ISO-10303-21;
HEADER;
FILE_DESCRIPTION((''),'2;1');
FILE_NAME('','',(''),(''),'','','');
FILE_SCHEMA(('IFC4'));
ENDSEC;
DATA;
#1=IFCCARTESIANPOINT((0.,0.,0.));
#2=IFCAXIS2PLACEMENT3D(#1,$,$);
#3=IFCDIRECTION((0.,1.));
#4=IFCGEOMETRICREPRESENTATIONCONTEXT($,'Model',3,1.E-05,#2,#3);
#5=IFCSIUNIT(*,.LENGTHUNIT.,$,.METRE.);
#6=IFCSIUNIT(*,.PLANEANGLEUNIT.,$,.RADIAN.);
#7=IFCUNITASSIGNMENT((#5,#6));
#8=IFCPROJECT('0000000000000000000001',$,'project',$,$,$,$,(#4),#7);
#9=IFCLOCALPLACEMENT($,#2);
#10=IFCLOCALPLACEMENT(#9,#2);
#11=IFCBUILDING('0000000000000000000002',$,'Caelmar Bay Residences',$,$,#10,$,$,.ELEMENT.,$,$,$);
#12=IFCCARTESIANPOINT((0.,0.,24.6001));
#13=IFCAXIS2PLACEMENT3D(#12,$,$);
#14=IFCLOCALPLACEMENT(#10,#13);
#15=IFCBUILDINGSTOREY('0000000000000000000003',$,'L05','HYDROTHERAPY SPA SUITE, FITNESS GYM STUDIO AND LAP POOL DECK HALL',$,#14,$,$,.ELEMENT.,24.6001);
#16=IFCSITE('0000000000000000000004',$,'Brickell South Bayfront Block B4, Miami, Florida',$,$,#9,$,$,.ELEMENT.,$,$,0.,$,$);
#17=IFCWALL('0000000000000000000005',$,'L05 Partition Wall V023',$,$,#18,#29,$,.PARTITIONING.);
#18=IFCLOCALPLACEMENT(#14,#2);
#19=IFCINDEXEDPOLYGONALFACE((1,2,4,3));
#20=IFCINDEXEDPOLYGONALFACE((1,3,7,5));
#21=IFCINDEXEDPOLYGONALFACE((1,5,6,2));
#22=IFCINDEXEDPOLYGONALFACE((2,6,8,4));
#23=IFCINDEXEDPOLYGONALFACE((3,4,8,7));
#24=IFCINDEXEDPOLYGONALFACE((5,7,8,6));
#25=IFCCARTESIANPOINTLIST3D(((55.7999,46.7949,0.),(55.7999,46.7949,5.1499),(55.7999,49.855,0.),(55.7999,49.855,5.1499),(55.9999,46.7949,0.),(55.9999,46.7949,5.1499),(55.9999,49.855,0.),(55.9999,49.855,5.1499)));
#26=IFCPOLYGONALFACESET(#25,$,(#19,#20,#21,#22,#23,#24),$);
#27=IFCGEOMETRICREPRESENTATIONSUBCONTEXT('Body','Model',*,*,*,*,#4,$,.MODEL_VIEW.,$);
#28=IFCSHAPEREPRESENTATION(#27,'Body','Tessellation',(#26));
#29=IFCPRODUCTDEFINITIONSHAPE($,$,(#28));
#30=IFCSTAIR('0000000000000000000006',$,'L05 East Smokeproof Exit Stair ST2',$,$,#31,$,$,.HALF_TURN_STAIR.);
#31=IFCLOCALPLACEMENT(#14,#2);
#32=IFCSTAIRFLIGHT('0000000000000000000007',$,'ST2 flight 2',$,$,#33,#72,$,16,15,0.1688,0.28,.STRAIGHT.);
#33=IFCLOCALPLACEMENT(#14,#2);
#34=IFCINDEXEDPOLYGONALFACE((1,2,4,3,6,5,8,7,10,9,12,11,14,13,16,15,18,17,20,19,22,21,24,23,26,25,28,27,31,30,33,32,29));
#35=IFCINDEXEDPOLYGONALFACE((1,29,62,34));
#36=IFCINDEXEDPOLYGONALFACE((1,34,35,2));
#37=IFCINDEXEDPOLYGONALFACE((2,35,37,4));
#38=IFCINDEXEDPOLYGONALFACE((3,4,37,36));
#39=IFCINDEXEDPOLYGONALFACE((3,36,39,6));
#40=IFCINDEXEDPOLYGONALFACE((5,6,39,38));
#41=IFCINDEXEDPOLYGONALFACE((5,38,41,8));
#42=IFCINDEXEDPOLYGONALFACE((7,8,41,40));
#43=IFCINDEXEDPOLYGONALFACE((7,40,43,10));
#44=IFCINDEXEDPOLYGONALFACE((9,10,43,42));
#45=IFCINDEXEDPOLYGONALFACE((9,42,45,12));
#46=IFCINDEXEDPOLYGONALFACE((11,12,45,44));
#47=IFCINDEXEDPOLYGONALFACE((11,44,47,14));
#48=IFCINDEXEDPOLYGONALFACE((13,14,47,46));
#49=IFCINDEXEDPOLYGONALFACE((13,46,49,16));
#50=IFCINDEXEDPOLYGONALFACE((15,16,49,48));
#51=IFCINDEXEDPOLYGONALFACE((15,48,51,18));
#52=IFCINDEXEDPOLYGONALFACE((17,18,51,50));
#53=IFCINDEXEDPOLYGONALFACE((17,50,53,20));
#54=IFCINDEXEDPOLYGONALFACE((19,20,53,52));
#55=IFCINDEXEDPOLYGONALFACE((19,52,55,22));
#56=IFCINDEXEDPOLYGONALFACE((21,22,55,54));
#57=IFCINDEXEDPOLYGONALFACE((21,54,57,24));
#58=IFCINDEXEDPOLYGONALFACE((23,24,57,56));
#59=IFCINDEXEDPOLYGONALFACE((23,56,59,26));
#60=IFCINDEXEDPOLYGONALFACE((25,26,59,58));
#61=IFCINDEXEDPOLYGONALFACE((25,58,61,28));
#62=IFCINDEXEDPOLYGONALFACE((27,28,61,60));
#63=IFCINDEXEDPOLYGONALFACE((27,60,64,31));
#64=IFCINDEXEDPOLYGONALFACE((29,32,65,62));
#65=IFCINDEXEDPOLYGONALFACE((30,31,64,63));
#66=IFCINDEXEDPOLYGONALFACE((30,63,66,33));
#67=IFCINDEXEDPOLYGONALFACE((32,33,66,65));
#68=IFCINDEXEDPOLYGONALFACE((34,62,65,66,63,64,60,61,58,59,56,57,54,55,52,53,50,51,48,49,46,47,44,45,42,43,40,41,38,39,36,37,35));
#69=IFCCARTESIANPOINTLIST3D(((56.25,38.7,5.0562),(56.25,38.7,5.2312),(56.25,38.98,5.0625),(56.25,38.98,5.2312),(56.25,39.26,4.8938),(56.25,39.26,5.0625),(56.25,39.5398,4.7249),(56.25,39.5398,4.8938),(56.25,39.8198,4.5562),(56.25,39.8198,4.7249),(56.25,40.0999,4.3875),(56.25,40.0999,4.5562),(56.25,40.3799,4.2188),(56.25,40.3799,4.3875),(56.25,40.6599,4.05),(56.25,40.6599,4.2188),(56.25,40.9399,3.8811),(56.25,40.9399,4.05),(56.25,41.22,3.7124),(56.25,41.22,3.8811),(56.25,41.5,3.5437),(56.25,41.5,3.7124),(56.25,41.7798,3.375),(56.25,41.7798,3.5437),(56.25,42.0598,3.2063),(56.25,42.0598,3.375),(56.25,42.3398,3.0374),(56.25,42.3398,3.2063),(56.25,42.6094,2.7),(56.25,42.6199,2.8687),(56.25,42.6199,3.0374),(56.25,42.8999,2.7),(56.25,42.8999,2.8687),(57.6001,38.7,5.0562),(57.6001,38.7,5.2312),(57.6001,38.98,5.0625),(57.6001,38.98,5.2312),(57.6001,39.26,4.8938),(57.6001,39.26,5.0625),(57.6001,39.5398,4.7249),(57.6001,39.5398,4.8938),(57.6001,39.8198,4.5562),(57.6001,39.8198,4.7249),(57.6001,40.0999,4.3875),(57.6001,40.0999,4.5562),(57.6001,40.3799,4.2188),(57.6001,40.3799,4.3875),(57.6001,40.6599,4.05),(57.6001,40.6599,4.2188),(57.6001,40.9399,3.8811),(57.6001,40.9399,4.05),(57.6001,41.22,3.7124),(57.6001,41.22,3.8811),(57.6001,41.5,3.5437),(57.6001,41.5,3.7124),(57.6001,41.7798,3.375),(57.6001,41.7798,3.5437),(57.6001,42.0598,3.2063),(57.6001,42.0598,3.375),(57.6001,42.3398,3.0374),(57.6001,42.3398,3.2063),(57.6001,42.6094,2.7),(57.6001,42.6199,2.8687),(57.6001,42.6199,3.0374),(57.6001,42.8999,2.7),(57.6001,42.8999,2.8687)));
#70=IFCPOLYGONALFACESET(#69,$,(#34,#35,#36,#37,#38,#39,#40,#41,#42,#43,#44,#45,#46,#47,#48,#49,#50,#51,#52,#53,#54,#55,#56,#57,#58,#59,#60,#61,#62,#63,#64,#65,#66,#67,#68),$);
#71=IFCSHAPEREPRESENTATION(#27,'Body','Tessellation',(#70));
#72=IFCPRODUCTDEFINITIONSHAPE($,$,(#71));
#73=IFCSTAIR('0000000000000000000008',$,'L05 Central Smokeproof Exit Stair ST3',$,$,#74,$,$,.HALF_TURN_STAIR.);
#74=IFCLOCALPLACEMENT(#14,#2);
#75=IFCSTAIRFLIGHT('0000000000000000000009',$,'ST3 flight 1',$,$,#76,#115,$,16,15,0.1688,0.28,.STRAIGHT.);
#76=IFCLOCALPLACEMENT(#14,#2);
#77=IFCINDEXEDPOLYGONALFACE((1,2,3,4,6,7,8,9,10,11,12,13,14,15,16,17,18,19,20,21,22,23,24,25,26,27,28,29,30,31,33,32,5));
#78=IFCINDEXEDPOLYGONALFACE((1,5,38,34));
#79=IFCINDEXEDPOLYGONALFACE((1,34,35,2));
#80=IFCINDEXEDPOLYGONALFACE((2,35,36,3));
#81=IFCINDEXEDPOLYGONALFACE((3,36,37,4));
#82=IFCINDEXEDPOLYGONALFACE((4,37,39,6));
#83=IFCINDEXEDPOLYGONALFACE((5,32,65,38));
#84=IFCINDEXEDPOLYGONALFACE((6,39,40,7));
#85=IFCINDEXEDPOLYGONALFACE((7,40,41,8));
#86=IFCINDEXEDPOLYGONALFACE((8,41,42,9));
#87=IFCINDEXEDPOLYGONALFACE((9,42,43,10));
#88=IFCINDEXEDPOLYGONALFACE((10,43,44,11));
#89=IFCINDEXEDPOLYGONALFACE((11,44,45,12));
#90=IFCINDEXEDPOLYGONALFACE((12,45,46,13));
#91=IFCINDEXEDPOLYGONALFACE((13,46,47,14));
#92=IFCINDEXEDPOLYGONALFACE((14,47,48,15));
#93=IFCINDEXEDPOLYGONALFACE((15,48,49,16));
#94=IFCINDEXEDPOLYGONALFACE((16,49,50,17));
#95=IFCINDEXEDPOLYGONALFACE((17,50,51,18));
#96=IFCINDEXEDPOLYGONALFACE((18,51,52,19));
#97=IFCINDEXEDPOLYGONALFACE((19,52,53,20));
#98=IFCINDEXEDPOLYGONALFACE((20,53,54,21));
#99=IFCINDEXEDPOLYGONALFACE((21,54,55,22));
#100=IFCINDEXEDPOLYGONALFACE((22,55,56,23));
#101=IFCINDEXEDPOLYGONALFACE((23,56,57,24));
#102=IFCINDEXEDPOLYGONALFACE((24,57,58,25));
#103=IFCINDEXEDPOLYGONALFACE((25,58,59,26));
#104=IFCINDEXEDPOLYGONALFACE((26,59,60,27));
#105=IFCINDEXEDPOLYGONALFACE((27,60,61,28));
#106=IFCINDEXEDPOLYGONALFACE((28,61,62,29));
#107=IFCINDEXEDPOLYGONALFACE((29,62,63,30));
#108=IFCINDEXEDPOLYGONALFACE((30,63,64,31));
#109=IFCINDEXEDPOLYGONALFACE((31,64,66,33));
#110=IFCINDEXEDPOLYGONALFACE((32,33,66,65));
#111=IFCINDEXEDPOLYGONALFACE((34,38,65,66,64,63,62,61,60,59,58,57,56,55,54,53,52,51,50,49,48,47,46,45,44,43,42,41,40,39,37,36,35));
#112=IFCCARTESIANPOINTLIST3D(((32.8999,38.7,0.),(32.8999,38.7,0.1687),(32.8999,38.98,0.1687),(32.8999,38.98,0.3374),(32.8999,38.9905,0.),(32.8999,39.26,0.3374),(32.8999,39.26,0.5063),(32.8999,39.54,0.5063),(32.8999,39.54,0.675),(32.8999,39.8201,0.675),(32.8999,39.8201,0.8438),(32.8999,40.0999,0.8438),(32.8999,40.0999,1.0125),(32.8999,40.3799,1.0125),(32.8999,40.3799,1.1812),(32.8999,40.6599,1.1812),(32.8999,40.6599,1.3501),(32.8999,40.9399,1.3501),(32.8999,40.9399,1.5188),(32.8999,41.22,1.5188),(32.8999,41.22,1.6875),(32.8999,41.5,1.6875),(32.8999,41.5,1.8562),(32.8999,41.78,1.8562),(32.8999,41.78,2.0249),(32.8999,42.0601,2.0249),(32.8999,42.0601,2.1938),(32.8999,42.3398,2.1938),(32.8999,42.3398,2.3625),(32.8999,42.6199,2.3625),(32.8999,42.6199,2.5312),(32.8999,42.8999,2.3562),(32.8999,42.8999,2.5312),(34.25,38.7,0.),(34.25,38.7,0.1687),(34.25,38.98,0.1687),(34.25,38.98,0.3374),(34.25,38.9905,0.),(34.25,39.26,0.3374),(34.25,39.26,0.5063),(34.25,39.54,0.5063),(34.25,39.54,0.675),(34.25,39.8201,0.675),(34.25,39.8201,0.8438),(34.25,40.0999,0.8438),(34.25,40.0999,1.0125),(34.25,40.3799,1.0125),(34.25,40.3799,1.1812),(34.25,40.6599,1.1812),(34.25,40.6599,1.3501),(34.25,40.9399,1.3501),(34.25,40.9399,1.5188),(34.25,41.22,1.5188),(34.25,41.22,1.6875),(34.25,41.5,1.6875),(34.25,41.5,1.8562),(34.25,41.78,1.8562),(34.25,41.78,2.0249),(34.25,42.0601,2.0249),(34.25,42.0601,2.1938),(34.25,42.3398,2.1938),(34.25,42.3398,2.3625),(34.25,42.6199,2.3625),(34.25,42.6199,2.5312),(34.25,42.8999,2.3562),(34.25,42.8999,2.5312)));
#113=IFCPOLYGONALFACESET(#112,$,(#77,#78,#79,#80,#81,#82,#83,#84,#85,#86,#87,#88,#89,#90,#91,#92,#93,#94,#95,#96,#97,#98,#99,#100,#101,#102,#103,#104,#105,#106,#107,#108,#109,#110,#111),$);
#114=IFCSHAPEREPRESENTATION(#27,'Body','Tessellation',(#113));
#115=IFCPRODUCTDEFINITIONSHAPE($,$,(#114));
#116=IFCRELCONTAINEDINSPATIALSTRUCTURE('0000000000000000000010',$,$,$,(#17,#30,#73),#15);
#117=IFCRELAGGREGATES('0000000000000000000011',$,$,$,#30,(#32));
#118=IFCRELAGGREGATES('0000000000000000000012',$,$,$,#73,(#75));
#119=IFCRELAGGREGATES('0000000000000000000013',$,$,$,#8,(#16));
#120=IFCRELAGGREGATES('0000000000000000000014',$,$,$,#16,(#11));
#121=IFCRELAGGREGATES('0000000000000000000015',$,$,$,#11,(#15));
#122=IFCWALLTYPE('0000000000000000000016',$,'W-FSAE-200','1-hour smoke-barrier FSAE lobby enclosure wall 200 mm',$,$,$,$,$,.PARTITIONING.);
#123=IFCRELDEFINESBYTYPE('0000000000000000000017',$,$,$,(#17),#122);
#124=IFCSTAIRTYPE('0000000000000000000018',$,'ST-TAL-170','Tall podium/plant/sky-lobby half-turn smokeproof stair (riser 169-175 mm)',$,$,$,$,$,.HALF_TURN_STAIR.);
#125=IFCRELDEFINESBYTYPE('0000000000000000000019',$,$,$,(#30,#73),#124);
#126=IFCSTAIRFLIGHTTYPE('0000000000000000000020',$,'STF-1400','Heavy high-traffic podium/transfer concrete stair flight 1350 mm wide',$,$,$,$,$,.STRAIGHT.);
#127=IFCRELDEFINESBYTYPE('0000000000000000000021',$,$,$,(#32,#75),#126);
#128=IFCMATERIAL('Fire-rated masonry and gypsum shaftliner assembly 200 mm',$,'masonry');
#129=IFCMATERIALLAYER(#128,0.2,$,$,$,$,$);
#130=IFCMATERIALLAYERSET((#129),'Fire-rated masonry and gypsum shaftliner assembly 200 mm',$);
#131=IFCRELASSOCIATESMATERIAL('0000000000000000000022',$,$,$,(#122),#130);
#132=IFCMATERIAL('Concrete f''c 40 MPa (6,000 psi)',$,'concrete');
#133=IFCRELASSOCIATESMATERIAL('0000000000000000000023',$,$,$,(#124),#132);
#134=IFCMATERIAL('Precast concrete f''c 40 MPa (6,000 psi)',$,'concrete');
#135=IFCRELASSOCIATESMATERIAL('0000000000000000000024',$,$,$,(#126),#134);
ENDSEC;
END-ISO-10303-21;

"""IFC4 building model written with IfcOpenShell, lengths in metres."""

from ifc_helpers import new_model, si_unit, direction, frame, frame_2d, origin, place, context, subcontext, project, spatial, polyline, rectangle, outline, extrude, material, layer, layer_set, type_object, element, aggregate, save


model = new_model("IFC4")

# Units and contexts
model_context = context("Model", 3, precision=1e-05, world=origin(), true_north=direction((0.0, 1.0)))
body_context = subcontext(model_context, "Body", "Model", "MODEL_VIEW")
ifc_project = project(units=[si_unit("LENGTHUNIT", "METRE"), si_unit("PLANEANGLEUNIT", "RADIAN")], contexts=[model_context])

# Site, building, storey
site_placement = place(None, origin())
site = spatial("IfcSite", under=ifc_project, at=site_placement, Name="Brickell South Bayfront Block B4, Miami, Florida", CompositionType="ELEMENT", RefElevation=0.0)
building_placement = place(site_placement, origin())
building = spatial("IfcBuilding", under=site, at=building_placement, Name="Caelmar Bay Residences", CompositionType="ELEMENT")
storey_placement = place(building_placement, frame((0.0, 0.0, 24.6001)))
storey = spatial("IfcBuildingStorey", under=building, at=storey_placement, Name="L05", Description="HYDROTHERAPY SPA SUITE, FITNESS GYM STUDIO AND LAP POOL DECK HALL", CompositionType="ELEMENT", Elevation=24.6001)

# Wall
ifc_material_1 = material(Name="Fire-rated masonry and gypsum shaftliner assembly 200 mm", Category="masonry")
ifc_layer_1 = layer(ifc_material_1, 0.2)
ifc_layer_set_1 = layer_set([ifc_layer_1], Name="Fire-rated masonry and gypsum shaftliner assembly 200 mm")
wall_type_1 = type_object("IfcWallType", Name="W-FSAE-200", Description="1-hour smoke-barrier FSAE lobby enclosure wall 200 mm", PredefinedType="PARTITIONING", material=ifc_layer_set_1)
wall_1_placement = place(storey_placement, frame((55.8999, 46.7949, 0.0), z_axis=(0.0, 0.0, 1.0), x_axis=(0.0, 1.0, 0.0)))
element("IfcWall", 1, at=wall_1_placement, inside=storey, type_object=wall_type_1, Name="L05 Partition Wall V023", PredefinedType="PARTITIONING", context=body_context, shape_type="SweptSolid", body=[
    extrude(rectangle(XDim=3.0601, YDim=0.2, at=frame_2d((1.53, 0.0))), origin(), (0.0, 0.0, 1.0), 5.1499),
])

# Stairs, stair flights
ifc_material_2 = material(Name="Concrete f'c 40 MPa (6,000 psi)", Category="concrete")
stair_type = type_object("IfcStairType", Name="ST-TAL-170", Description="Tall podium/plant/sky-lobby half-turn smokeproof stair (riser 169-175 mm)", PredefinedType="HALF_TURN_STAIR", material=ifc_material_2)
stair_1_placement = place(storey_placement, origin())
stair_1 = element("IfcStair", 2, at=stair_1_placement, inside=storey, type_object=stair_type, Name="L05 East Smokeproof Exit Stair ST2", PredefinedType="HALF_TURN_STAIR")
ifc_material_3 = material(Name="Precast concrete f'c 40 MPa (6,000 psi)", Category="concrete")
stair_flight_type = type_object("IfcStairFlightType", Name="STF-1400", Description="Heavy high-traffic podium/transfer concrete stair flight 1350 mm wide", PredefinedType="STRAIGHT", material=ifc_material_3)
stair_flight_1_placement = place(storey_placement, frame((56.925, 42.8999, 2.7), z_axis=(0.0, 0.0, 1.0), x_axis=(0.0, -1.0, 0.0)))
stair_flight_1 = element("IfcStairFlight", 3, at=stair_flight_1_placement, type_object=stair_flight_type, Name="ST2 flight 2", NumberOfRisers=16, NumberOfTreads=15, PredefinedType="STRAIGHT", RiserHeight=0.1688, TreadLength=0.28, context=body_context, shape_type="SweptSolid", body=[
    extrude(outline(polyline([(0.0, 0.0), (0.0, 0.1687), (0.28, 0.1687), (0.28, 0.3374), (0.5601, 0.3374), (0.5601, 0.5063), (0.8401, 0.5063), (0.8401, 0.675), (1.1201, 0.675), (1.1201, 0.8438), (1.3999, 0.8438), (1.3999, 1.0125), (1.6799, 1.0125), (1.6799, 1.1812), (1.96, 1.1812), (1.96, 1.3501), (2.24, 1.3501), (2.24, 1.5188), (2.52, 1.5188), (2.52, 1.6875), (2.8, 1.6875), (2.8, 1.8562), (3.0801, 1.8562), (3.0801, 2.0249), (3.3601, 2.0249), (3.3601, 2.1938), (3.6399, 2.1938), (3.6399, 2.3625), (3.9199, 2.3625), (3.9199, 2.5312), (4.2, 2.5312), (4.2, 2.7), (4.2, 2.3562), (0.2905, 0.0), (0.0, 0.0)])), frame((0.0, 0.675, 0.0), z_axis=(0.0, -1.0, 0.0), x_axis=(1.0, 0.0, 0.0)), (0.0, 0.0, 1.0), 1.3501),
])
aggregate(stair_1, [stair_flight_1])
stair_2_placement = place(storey_placement, origin())
stair_2 = element("IfcStair", 4, at=stair_2_placement, inside=storey, type_object=stair_type, Name="L05 Central Smokeproof Exit Stair ST3", PredefinedType="HALF_TURN_STAIR")
stair_flight_2_placement = place(storey_placement, frame((33.575, 38.7, 0.0), z_axis=(0.0, 0.0, 1.0), x_axis=(0.0, 1.0, 0.0)))
stair_flight_2 = element("IfcStairFlight", 5, at=stair_flight_2_placement, type_object=stair_flight_type, Name="ST3 flight 1", NumberOfRisers=16, NumberOfTreads=15, PredefinedType="STRAIGHT", RiserHeight=0.1688, TreadLength=0.28, context=body_context, shape_type="SweptSolid", body=[
    extrude(outline(polyline([(0.0, 0.0), (0.0, 0.1687), (0.28, 0.1687), (0.28, 0.3374), (0.5601, 0.3374), (0.5601, 0.5063), (0.8401, 0.5063), (0.8401, 0.675), (1.1201, 0.675), (1.1201, 0.8438), (1.3999, 0.8438), (1.3999, 1.0125), (1.6799, 1.0125), (1.6799, 1.1812), (1.96, 1.1812), (1.96, 1.3501), (2.24, 1.3501), (2.24, 1.5188), (2.52, 1.5188), (2.52, 1.6875), (2.8, 1.6875), (2.8, 1.8562), (3.0801, 1.8562), (3.0801, 2.0249), (3.3601, 2.0249), (3.3601, 2.1938), (3.6399, 2.1938), (3.6399, 2.3625), (3.9199, 2.3625), (3.9199, 2.5312), (4.2, 2.5312), (4.2, 2.7), (4.2, 2.3562), (0.2905, 0.0), (0.0, 0.0)])), frame((0.0, 0.675, 0.0), z_axis=(0.0, -1.0, 0.0), x_axis=(1.0, 0.0, 0.0)), (0.0, 0.0, 1.0), 1.3501),
])
aggregate(stair_2, [stair_flight_2])

save(model, "model.ifc")
